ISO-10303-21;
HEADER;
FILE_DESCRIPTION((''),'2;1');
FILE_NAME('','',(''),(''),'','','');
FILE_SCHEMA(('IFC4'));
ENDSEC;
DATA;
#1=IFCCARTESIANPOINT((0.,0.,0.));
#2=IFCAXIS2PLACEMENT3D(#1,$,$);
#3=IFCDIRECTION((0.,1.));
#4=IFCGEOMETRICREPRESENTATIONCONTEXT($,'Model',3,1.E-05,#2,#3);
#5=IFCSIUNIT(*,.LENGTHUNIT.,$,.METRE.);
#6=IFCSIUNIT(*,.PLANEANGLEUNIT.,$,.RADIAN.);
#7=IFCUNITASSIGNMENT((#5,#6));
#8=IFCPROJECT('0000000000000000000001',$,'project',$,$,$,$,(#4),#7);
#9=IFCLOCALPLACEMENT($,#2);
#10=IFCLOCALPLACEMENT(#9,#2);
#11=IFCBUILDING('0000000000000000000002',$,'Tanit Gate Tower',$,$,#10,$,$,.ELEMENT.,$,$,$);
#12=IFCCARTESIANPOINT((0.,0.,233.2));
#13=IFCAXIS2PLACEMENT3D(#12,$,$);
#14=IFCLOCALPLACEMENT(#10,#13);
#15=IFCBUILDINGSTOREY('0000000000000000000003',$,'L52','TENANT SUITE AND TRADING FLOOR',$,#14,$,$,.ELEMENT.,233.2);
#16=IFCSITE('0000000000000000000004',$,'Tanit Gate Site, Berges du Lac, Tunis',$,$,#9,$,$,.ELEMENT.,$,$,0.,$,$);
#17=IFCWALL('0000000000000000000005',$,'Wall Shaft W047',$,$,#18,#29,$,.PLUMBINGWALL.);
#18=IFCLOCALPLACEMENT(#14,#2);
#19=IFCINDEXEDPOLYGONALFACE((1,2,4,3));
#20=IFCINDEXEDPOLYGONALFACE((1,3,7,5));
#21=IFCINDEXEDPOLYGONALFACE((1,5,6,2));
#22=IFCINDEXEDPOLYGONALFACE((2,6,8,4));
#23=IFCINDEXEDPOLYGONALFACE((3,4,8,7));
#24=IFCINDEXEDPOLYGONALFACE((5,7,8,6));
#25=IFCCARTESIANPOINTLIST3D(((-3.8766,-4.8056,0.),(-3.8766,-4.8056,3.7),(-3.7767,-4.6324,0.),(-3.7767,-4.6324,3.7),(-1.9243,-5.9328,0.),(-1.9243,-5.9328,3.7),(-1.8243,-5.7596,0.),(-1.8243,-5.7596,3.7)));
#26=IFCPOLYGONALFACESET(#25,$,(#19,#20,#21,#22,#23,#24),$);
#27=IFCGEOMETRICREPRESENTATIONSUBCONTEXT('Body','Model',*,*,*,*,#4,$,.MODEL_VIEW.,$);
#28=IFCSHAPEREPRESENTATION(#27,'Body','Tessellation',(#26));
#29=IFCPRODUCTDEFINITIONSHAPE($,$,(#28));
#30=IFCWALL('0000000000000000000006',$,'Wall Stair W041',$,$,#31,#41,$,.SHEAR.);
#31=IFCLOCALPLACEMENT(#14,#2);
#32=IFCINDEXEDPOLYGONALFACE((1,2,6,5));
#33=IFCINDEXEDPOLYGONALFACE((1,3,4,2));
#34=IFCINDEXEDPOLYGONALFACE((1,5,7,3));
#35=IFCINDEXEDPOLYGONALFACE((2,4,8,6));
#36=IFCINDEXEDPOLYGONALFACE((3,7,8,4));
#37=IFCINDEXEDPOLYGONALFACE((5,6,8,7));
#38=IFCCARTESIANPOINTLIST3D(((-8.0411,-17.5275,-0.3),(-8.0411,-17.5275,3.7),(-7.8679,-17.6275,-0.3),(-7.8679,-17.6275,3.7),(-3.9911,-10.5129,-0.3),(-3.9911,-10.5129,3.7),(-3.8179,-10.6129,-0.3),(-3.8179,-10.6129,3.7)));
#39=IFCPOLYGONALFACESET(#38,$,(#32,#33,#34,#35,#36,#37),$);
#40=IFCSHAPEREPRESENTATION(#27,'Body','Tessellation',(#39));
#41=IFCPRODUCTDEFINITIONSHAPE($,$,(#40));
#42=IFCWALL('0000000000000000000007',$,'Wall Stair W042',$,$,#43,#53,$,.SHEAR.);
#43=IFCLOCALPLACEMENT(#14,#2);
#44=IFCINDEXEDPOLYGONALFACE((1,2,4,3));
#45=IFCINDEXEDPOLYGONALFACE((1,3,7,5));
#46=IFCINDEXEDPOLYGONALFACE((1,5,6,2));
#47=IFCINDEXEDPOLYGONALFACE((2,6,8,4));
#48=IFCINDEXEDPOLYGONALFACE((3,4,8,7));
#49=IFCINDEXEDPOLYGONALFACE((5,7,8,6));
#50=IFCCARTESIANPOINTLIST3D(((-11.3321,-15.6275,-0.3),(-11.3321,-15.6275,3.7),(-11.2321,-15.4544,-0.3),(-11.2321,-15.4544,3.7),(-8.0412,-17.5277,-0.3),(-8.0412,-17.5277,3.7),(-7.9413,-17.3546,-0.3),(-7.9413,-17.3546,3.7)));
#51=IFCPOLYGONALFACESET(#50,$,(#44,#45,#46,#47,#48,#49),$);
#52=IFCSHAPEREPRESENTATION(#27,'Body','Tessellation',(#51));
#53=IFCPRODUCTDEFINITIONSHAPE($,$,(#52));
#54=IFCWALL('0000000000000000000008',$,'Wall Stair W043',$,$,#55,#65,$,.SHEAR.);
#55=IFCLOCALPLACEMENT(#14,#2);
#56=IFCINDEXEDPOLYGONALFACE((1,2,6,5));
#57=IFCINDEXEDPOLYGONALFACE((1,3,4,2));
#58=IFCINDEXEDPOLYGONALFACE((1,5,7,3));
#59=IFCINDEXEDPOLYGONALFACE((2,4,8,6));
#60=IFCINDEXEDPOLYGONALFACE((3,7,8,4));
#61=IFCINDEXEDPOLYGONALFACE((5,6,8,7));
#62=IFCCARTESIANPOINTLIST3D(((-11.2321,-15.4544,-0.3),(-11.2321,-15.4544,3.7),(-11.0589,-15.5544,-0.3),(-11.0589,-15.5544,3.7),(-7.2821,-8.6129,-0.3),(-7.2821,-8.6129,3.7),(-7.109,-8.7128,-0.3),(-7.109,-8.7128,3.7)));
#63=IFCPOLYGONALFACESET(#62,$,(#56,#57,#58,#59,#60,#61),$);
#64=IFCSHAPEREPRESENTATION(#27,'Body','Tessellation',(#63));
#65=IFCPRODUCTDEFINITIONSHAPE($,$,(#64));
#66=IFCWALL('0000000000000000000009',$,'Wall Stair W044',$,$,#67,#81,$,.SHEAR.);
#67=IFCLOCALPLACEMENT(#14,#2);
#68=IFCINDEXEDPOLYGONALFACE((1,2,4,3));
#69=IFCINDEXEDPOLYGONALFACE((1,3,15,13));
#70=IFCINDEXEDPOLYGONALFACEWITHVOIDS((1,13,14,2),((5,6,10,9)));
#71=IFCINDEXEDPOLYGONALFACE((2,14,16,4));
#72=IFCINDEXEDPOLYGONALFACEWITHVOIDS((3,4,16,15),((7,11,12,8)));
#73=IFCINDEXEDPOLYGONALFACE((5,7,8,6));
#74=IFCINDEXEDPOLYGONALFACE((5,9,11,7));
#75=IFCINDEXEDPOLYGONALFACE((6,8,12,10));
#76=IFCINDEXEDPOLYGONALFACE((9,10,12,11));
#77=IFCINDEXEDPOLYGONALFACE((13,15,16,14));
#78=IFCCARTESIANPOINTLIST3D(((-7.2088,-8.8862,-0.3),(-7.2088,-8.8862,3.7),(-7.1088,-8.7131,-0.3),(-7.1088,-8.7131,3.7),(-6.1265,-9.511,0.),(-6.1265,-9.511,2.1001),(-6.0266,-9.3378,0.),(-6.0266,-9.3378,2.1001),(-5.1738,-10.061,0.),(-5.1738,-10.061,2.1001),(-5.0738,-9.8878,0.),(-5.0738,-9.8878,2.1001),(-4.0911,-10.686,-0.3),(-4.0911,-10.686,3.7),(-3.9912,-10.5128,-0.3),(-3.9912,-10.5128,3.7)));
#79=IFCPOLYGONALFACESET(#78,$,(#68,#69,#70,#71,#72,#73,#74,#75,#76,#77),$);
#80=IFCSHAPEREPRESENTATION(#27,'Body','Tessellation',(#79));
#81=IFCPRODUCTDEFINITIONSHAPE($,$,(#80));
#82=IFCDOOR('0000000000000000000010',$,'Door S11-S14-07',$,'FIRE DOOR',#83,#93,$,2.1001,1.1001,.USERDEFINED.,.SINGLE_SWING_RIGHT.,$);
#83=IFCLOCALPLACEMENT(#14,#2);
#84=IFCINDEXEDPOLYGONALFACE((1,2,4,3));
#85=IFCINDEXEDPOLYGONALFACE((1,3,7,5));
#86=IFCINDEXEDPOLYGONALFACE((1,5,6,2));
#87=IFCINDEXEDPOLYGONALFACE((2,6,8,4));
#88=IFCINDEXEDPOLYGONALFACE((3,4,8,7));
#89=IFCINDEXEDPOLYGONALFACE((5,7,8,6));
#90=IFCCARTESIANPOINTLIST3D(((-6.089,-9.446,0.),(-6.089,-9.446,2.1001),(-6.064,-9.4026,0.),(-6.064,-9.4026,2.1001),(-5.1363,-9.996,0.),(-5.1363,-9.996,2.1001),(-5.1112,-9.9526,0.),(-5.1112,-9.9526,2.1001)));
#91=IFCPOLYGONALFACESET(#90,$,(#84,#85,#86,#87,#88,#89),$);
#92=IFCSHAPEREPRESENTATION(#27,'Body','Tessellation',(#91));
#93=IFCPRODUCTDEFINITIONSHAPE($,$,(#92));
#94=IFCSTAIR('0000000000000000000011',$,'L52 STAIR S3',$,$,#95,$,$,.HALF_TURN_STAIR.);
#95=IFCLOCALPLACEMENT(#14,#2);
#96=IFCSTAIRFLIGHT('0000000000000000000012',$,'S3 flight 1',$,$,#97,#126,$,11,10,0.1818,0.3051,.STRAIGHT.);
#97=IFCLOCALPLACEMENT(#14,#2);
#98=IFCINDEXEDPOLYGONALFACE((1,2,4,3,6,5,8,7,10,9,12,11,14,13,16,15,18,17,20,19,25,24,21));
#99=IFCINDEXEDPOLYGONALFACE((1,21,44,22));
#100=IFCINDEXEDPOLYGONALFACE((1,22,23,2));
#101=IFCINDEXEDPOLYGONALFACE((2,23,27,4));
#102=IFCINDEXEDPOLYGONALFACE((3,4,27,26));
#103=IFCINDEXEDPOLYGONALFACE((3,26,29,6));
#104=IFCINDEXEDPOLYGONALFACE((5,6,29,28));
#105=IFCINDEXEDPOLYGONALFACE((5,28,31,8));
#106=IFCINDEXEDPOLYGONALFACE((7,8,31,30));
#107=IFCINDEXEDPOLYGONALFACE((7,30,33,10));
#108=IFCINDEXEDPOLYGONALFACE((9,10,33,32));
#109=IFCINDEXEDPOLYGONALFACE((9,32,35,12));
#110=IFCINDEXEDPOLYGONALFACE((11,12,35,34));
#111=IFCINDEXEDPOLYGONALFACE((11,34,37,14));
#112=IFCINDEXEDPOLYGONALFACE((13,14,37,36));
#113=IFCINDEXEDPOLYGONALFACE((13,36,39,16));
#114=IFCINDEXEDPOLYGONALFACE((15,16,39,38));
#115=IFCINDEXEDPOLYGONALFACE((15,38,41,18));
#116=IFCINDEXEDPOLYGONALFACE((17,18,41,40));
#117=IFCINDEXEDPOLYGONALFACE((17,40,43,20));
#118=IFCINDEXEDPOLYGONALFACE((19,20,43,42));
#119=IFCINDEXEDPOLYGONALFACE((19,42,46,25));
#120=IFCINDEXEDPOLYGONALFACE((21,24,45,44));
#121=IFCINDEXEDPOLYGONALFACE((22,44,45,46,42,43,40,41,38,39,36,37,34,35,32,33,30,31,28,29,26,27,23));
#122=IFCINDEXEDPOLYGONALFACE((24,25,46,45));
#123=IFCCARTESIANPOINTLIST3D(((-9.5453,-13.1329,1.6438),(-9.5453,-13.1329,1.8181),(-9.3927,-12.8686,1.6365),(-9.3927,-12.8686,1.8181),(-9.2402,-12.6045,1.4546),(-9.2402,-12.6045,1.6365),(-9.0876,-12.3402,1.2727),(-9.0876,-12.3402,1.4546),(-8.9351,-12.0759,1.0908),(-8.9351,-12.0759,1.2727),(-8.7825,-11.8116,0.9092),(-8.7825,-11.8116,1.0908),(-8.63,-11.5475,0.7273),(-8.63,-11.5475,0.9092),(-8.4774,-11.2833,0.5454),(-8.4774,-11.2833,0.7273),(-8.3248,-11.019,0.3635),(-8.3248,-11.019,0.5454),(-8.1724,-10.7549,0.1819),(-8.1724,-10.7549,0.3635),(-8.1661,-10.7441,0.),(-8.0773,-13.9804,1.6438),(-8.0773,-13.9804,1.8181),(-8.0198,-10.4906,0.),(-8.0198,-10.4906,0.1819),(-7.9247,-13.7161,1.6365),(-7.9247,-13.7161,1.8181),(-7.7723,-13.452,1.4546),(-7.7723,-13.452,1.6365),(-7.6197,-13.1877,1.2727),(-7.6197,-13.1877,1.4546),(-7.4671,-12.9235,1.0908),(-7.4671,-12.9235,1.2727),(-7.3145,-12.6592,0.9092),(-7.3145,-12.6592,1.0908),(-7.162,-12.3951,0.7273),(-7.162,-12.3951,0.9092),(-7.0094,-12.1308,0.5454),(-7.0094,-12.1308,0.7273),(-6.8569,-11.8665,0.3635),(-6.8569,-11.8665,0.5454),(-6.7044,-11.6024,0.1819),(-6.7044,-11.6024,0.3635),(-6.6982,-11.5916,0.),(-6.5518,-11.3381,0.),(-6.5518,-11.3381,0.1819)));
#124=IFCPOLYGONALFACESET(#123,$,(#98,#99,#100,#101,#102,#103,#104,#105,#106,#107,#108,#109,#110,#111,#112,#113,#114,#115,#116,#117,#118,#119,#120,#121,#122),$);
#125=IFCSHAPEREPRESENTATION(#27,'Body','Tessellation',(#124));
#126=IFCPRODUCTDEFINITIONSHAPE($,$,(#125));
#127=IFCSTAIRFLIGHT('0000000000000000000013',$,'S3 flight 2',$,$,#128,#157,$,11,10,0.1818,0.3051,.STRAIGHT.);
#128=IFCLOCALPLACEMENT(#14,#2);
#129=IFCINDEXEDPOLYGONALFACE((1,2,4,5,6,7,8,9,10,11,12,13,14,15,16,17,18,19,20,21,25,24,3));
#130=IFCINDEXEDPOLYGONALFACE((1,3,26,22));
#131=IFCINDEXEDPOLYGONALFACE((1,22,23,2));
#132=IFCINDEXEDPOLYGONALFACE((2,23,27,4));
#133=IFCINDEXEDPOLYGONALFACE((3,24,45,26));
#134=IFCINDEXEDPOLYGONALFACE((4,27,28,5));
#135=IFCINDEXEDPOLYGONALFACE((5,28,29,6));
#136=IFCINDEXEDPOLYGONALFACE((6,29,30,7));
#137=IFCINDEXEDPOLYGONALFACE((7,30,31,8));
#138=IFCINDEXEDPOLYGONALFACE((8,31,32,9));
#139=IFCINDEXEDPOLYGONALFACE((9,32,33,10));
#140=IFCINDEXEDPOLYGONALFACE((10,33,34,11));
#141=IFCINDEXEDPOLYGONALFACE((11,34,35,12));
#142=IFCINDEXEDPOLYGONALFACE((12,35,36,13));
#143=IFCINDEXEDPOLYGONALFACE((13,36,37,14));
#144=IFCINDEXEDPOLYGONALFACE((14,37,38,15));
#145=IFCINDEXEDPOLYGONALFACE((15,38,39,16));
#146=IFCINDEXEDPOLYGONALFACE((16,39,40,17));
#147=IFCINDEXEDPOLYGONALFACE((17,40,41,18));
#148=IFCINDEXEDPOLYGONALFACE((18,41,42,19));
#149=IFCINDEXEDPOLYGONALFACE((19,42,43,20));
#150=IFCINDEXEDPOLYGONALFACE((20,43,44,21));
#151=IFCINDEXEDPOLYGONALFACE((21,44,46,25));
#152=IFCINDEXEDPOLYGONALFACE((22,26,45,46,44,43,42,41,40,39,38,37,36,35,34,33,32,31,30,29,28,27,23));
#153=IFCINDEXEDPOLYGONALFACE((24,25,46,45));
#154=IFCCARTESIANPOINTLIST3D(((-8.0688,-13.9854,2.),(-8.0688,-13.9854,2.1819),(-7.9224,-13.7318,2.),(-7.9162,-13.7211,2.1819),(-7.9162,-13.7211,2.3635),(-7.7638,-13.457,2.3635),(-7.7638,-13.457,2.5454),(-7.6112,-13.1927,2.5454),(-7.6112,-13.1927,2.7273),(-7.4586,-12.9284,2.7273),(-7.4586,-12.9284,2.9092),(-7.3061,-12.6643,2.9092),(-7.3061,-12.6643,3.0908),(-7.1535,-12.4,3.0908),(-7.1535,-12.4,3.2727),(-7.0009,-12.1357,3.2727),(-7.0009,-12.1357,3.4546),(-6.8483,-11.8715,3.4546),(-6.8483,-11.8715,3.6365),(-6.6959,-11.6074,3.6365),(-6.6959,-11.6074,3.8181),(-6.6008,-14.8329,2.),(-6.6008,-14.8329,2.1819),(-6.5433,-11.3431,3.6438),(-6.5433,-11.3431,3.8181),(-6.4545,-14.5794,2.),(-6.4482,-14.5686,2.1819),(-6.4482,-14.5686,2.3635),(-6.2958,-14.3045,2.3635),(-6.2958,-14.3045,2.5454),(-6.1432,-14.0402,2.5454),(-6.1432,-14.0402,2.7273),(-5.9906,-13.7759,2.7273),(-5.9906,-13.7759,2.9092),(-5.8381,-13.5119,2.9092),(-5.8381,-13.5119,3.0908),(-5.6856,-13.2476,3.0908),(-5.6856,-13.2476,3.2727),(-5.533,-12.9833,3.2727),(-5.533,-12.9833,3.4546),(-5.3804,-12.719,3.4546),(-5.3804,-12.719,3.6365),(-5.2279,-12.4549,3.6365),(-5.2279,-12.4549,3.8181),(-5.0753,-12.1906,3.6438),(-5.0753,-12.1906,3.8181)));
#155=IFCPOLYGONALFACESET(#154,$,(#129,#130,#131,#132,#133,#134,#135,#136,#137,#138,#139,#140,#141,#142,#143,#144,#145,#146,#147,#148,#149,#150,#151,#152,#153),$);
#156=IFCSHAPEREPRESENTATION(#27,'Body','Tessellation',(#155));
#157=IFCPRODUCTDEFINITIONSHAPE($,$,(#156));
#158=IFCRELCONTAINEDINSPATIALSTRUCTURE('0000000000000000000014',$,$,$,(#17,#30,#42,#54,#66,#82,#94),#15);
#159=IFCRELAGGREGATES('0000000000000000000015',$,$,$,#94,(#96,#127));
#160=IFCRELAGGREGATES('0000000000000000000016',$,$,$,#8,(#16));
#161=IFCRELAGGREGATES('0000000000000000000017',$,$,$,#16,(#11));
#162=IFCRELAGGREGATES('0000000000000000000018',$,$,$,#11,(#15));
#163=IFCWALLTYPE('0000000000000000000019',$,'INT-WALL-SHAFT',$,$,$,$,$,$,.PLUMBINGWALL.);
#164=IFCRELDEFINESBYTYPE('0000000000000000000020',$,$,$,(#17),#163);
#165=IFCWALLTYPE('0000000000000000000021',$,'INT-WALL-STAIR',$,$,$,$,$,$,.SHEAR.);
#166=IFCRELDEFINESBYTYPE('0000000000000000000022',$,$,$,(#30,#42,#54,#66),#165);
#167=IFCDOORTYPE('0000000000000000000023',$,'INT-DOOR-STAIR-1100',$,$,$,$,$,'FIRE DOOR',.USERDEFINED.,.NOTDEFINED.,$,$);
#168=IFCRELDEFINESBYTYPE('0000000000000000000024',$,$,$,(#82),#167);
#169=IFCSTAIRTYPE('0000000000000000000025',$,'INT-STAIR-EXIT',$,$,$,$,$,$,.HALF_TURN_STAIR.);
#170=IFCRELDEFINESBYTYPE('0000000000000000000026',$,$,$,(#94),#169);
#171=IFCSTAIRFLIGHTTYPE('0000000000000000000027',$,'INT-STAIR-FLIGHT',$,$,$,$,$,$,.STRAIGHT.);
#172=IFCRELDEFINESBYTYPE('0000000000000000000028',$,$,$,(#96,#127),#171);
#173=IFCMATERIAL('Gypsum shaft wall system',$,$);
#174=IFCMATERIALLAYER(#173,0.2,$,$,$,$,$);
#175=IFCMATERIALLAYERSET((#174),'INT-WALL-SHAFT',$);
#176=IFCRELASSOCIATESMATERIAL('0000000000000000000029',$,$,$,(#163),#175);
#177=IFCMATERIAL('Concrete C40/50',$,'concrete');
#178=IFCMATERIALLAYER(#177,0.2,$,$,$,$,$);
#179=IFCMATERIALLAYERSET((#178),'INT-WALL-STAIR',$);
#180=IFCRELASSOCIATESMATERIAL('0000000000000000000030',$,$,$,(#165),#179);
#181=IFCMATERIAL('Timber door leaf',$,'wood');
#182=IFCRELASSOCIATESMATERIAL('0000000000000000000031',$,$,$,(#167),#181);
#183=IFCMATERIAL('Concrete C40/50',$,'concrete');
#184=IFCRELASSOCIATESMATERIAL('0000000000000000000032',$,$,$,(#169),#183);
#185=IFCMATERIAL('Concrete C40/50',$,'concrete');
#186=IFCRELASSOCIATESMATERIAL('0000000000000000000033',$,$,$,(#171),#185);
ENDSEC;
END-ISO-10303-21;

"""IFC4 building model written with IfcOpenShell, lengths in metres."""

from ifc_helpers import new_model, si_unit, direction, frame, frame_2d, origin, place, context, subcontext, project, spatial, polyline, rectangle, outline, extrude, material, layer, layer_set, type_object, element, fill, aggregate, save


model = new_model("IFC4")

# Units and contexts
model_context = context("Model", 3, precision=1e-05, world=origin(), true_north=direction((0.0, 1.0)))
body_context = subcontext(model_context, "Body", "Model", "MODEL_VIEW")
ifc_project = project(units=[si_unit("LENGTHUNIT", "METRE"), si_unit("PLANEANGLEUNIT", "RADIAN")], contexts=[model_context])

# Site, building, storey
site_placement = place(None, origin())
site = spatial("IfcSite", under=ifc_project, at=site_placement, Name="Tanit Gate Site, Berges du Lac, Tunis", CompositionType="ELEMENT", RefElevation=0.0)
building_placement = place(site_placement, origin())
building = spatial("IfcBuilding", under=site, at=building_placement, Name="Tanit Gate Tower", CompositionType="ELEMENT")
storey_placement = place(building_placement, frame((0.0, 0.0, 233.2)))
storey = spatial("IfcBuildingStorey", under=building, at=storey_placement, Name="L52", Description="TENANT SUITE AND TRADING FLOOR", CompositionType="ELEMENT", Elevation=233.2)

# Shared definitions
ifc_material_1 = material(Name="Gypsum shaft wall system")
ifc_layer_1 = layer(ifc_material_1, 0.2)
ifc_layer_set_1 = layer_set([ifc_layer_1], Name="INT-WALL-SHAFT")
wall_type_1 = type_object("IfcWallType", Name="INT-WALL-SHAFT", PredefinedType="PLUMBINGWALL", material=ifc_layer_set_1)

# Walls
wall_1_placement = place(storey_placement, frame((-3.8267, -4.719, 0.0), z_axis=(0.0, 0.0, 1.0), x_axis=(0.866029, -0.499994, 0.0)))
element("IfcWall", 1, at=wall_1_placement, inside=storey, type_object=wall_type_1, Name="Wall Shaft W047", PredefinedType="PLUMBINGWALL", context=body_context, shape_type="SweptSolid", body=[
    extrude(rectangle(XDim=2.2544, YDim=0.2, at=frame_2d((1.1272, 0.0))), origin(), (0.0, 0.0, 1.0), 3.7),
])
ifc_material_2 = material(Name="Concrete C40/50", Category="concrete")
ifc_layer_2 = layer(ifc_material_2, 0.2)
ifc_layer_set_2 = layer_set([ifc_layer_2], Name="INT-WALL-STAIR")
wall_type_2 = type_object("IfcWallType", Name="INT-WALL-STAIR", PredefinedType="SHEAR", material=ifc_layer_set_2)
wall_2_placement = place(storey_placement, frame((-3.9045, -10.563, -0.3), z_axis=(0.0, 0.0, 1.0), x_axis=(-0.500013, -0.866018, 0.0)))
element("IfcWall", 2, at=wall_2_placement, inside=storey, type_object=wall_type_2, Name="Wall Stair W041", PredefinedType="SHEAR", context=body_context, shape_type="SweptSolid", body=[
    extrude(rectangle(XDim=8.0999, YDim=0.2, at=frame_2d((4.0498, 0.0))), origin(), (0.0, 0.0, 1.0), 4.0),
])
wall_3_placement = place(storey_placement, frame((-11.282, -15.541, -0.3), z_axis=(0.0, 0.0, 1.0), x_axis=(0.866, -0.500043, 0.0)))
element("IfcWall", 3, at=wall_3_placement, inside=storey, type_object=wall_type_2, Name="Wall Stair W042", PredefinedType="SHEAR", context=body_context, shape_type="SweptSolid", body=[
    extrude(rectangle(XDim=3.8, YDim=0.2, at=frame_2d((1.8999, 0.0))), origin(), (0.0, 0.0, 1.0), 4.0),
])
wall_4_placement = place(storey_placement, frame((-7.1956, -8.6628, -0.3), z_axis=(0.0, 0.0, 1.0), x_axis=(-0.499998, -0.866027, 0.0)))
element("IfcWall", 4, at=wall_4_placement, inside=storey, type_object=wall_type_2, Name="Wall Stair W043", PredefinedType="SHEAR", context=body_context, shape_type="SweptSolid", body=[
    extrude(rectangle(XDim=7.8999, YDim=0.2, at=frame_2d((3.95, 0.0))), origin(), (0.0, 0.0, 1.0), 4.0),
])

# Wall, opening, door
wall_5_placement = place(storey_placement, frame((-4.0413, -10.5994, -0.3), z_axis=(0.0, 0.0, 1.0), x_axis=(-0.866048, 0.499961, 0.0)))
wall_5 = element("IfcWall", 5, at=wall_5_placement, inside=storey, type_object=wall_type_2, Name="Wall Stair W044", PredefinedType="SHEAR", context=body_context, shape_type="SweptSolid", body=[
    extrude(rectangle(XDim=3.5999, YDim=0.2, at=frame_2d((1.7998, 0.0))), origin(), (0.0, 0.0, 1.0), 4.0),
])
opening_1_placement = place(wall_5_placement, frame((1.25, 0.0, 0.3)))
opening_1 = element("IfcOpeningElement", 6, at=opening_1_placement, cuts=wall_5, PredefinedType="OPENING", context=body_context, shape_type="SweptSolid", body=[
    extrude(rectangle(XDim=1.1001, YDim=2.1001, at=frame_2d((0.55, 1.05))), frame((0.0, 0.1099, 0.0), z_axis=(0.0, -1.0, 0.0), x_axis=(1.0, 0.0, 0.0)), (0.0, 0.0, 1.0), 0.22),
])
ifc_material_3 = material(Name="Timber door leaf", Category="wood")
door_type_1 = type_object("IfcDoorType", Name="INT-DOOR-STAIR-1100", ElementType="FIRE DOOR", OperationType="NOTDEFINED", PredefinedType="USERDEFINED", material=ifc_material_3)
door_1_placement = place(opening_1_placement, origin())
door_1 = element("IfcDoor", 7, at=door_1_placement, inside=storey, type_object=door_type_1, Name="Door S11-S14-07", ObjectType="FIRE DOOR", OperationType="SINGLE_SWING_RIGHT", OverallHeight=2.1001, OverallWidth=1.1001, PredefinedType="USERDEFINED", context=body_context, shape_type="SweptSolid", body=[
    extrude(rectangle(XDim=1.1001, YDim=2.1001, at=frame_2d((0.55, 1.05))), frame((0.0, 0.0249, 0.0), z_axis=(0.0, -1.0, 0.0), x_axis=(1.0, 0.0, 0.0)), (0.0, 0.0, 1.0), 0.05),
])
fill(opening_1, door_1)

# Stair, stair flights
ifc_material_4 = material(Name="Concrete C40/50", Category="concrete")
stair_type = type_object("IfcStairType", Name="INT-STAIR-EXIT", PredefinedType="HALF_TURN_STAIR", material=ifc_material_4)
stair_placement = place(storey_placement, origin())
stair = element("IfcStair", 8, at=stair_placement, inside=storey, type_object=stair_type, Name="L52 STAIR S3", PredefinedType="HALF_TURN_STAIR")
ifc_material_5 = material(Name="Concrete C40/50", Category="concrete")
stair_flight_type = type_object("IfcStairFlightType", Name="INT-STAIR-FLIGHT", PredefinedType="STRAIGHT", material=ifc_material_5)
stair_flight_1_placement = place(storey_placement, frame((-7.2859, -10.9143, 0.0), z_axis=(0.0, 0.0, 1.0), x_axis=(-0.5, -0.866025, 0.0)))
stair_flight_1 = element("IfcStairFlight", 9, at=stair_flight_1_placement, type_object=stair_flight_type, Name="S3 flight 1", NumberOfRisers=11, NumberOfTreads=10, PredefinedType="STRAIGHT", RiserHeight=0.1818, TreadLength=0.3051, context=body_context, shape_type="SweptSolid", body=[
    extrude(outline(polyline([(0.0, 0.0), (0.0, 0.1819), (0.3052, 0.1819), (0.3052, 0.3635), (0.6101, 0.3635), (0.6101, 0.5454), (0.9153, 0.5454), (0.9153, 0.7273), (1.2205, 0.7273), (1.2205, 0.9092), (1.5254, 0.9092), (1.5254, 1.0908), (1.8306, 1.0908), (1.8306, 1.2727), (2.1357, 1.2727), (2.1357, 1.4546), (2.4409, 1.4546), (2.4409, 1.6365), (2.7458, 1.6365), (2.7458, 1.8181), (3.051, 1.8181), (3.051, 2.0), (3.051, 1.6438), (0.2927, 0.0), (0.0, 0.0)])), frame((0.0, 0.8477, 0.0), z_axis=(0.0, -1.0, 0.0), x_axis=(1.0, 0.0, 0.0)), (0.0, 0.0, 1.0), 1.6951),
])
stair_flight_2_placement = place(storey_placement, frame((-7.3347, -14.4092, 2.0), z_axis=(0.0, 0.0, 1.0), x_axis=(0.5, 0.866025, 0.0)))
stair_flight_2 = element("IfcStairFlight", 10, at=stair_flight_2_placement, type_object=stair_flight_type, Name="S3 flight 2", NumberOfRisers=11, NumberOfTreads=10, PredefinedType="STRAIGHT", RiserHeight=0.1818, TreadLength=0.3051, context=body_context, shape_type="SweptSolid", body=[
    extrude(outline(polyline([(0.0, 0.0), (0.0, 0.1819), (0.3052, 0.1819), (0.3052, 0.3635), (0.6101, 0.3635), (0.6101, 0.5454), (0.9153, 0.5454), (0.9153, 0.7273), (1.2205, 0.7273), (1.2205, 0.9092), (1.5254, 0.9092), (1.5254, 1.0908), (1.8306, 1.0908), (1.8306, 1.2727), (2.1357, 1.2727), (2.1357, 1.4546), (2.4409, 1.4546), (2.4409, 1.6365), (2.7458, 1.6365), (2.7458, 1.8181), (3.051, 1.8181), (3.051, 2.0), (3.051, 1.6438), (0.2927, 0.0), (0.0, 0.0)])), frame((0.0, 0.8477, 0.0), z_axis=(0.0, -1.0, 0.0), x_axis=(1.0, 0.0, 0.0)), (0.0, 0.0, 1.0), 1.6951),
])
aggregate(stair, [stair_flight_1, stair_flight_2])

save(model, "model.ifc")
